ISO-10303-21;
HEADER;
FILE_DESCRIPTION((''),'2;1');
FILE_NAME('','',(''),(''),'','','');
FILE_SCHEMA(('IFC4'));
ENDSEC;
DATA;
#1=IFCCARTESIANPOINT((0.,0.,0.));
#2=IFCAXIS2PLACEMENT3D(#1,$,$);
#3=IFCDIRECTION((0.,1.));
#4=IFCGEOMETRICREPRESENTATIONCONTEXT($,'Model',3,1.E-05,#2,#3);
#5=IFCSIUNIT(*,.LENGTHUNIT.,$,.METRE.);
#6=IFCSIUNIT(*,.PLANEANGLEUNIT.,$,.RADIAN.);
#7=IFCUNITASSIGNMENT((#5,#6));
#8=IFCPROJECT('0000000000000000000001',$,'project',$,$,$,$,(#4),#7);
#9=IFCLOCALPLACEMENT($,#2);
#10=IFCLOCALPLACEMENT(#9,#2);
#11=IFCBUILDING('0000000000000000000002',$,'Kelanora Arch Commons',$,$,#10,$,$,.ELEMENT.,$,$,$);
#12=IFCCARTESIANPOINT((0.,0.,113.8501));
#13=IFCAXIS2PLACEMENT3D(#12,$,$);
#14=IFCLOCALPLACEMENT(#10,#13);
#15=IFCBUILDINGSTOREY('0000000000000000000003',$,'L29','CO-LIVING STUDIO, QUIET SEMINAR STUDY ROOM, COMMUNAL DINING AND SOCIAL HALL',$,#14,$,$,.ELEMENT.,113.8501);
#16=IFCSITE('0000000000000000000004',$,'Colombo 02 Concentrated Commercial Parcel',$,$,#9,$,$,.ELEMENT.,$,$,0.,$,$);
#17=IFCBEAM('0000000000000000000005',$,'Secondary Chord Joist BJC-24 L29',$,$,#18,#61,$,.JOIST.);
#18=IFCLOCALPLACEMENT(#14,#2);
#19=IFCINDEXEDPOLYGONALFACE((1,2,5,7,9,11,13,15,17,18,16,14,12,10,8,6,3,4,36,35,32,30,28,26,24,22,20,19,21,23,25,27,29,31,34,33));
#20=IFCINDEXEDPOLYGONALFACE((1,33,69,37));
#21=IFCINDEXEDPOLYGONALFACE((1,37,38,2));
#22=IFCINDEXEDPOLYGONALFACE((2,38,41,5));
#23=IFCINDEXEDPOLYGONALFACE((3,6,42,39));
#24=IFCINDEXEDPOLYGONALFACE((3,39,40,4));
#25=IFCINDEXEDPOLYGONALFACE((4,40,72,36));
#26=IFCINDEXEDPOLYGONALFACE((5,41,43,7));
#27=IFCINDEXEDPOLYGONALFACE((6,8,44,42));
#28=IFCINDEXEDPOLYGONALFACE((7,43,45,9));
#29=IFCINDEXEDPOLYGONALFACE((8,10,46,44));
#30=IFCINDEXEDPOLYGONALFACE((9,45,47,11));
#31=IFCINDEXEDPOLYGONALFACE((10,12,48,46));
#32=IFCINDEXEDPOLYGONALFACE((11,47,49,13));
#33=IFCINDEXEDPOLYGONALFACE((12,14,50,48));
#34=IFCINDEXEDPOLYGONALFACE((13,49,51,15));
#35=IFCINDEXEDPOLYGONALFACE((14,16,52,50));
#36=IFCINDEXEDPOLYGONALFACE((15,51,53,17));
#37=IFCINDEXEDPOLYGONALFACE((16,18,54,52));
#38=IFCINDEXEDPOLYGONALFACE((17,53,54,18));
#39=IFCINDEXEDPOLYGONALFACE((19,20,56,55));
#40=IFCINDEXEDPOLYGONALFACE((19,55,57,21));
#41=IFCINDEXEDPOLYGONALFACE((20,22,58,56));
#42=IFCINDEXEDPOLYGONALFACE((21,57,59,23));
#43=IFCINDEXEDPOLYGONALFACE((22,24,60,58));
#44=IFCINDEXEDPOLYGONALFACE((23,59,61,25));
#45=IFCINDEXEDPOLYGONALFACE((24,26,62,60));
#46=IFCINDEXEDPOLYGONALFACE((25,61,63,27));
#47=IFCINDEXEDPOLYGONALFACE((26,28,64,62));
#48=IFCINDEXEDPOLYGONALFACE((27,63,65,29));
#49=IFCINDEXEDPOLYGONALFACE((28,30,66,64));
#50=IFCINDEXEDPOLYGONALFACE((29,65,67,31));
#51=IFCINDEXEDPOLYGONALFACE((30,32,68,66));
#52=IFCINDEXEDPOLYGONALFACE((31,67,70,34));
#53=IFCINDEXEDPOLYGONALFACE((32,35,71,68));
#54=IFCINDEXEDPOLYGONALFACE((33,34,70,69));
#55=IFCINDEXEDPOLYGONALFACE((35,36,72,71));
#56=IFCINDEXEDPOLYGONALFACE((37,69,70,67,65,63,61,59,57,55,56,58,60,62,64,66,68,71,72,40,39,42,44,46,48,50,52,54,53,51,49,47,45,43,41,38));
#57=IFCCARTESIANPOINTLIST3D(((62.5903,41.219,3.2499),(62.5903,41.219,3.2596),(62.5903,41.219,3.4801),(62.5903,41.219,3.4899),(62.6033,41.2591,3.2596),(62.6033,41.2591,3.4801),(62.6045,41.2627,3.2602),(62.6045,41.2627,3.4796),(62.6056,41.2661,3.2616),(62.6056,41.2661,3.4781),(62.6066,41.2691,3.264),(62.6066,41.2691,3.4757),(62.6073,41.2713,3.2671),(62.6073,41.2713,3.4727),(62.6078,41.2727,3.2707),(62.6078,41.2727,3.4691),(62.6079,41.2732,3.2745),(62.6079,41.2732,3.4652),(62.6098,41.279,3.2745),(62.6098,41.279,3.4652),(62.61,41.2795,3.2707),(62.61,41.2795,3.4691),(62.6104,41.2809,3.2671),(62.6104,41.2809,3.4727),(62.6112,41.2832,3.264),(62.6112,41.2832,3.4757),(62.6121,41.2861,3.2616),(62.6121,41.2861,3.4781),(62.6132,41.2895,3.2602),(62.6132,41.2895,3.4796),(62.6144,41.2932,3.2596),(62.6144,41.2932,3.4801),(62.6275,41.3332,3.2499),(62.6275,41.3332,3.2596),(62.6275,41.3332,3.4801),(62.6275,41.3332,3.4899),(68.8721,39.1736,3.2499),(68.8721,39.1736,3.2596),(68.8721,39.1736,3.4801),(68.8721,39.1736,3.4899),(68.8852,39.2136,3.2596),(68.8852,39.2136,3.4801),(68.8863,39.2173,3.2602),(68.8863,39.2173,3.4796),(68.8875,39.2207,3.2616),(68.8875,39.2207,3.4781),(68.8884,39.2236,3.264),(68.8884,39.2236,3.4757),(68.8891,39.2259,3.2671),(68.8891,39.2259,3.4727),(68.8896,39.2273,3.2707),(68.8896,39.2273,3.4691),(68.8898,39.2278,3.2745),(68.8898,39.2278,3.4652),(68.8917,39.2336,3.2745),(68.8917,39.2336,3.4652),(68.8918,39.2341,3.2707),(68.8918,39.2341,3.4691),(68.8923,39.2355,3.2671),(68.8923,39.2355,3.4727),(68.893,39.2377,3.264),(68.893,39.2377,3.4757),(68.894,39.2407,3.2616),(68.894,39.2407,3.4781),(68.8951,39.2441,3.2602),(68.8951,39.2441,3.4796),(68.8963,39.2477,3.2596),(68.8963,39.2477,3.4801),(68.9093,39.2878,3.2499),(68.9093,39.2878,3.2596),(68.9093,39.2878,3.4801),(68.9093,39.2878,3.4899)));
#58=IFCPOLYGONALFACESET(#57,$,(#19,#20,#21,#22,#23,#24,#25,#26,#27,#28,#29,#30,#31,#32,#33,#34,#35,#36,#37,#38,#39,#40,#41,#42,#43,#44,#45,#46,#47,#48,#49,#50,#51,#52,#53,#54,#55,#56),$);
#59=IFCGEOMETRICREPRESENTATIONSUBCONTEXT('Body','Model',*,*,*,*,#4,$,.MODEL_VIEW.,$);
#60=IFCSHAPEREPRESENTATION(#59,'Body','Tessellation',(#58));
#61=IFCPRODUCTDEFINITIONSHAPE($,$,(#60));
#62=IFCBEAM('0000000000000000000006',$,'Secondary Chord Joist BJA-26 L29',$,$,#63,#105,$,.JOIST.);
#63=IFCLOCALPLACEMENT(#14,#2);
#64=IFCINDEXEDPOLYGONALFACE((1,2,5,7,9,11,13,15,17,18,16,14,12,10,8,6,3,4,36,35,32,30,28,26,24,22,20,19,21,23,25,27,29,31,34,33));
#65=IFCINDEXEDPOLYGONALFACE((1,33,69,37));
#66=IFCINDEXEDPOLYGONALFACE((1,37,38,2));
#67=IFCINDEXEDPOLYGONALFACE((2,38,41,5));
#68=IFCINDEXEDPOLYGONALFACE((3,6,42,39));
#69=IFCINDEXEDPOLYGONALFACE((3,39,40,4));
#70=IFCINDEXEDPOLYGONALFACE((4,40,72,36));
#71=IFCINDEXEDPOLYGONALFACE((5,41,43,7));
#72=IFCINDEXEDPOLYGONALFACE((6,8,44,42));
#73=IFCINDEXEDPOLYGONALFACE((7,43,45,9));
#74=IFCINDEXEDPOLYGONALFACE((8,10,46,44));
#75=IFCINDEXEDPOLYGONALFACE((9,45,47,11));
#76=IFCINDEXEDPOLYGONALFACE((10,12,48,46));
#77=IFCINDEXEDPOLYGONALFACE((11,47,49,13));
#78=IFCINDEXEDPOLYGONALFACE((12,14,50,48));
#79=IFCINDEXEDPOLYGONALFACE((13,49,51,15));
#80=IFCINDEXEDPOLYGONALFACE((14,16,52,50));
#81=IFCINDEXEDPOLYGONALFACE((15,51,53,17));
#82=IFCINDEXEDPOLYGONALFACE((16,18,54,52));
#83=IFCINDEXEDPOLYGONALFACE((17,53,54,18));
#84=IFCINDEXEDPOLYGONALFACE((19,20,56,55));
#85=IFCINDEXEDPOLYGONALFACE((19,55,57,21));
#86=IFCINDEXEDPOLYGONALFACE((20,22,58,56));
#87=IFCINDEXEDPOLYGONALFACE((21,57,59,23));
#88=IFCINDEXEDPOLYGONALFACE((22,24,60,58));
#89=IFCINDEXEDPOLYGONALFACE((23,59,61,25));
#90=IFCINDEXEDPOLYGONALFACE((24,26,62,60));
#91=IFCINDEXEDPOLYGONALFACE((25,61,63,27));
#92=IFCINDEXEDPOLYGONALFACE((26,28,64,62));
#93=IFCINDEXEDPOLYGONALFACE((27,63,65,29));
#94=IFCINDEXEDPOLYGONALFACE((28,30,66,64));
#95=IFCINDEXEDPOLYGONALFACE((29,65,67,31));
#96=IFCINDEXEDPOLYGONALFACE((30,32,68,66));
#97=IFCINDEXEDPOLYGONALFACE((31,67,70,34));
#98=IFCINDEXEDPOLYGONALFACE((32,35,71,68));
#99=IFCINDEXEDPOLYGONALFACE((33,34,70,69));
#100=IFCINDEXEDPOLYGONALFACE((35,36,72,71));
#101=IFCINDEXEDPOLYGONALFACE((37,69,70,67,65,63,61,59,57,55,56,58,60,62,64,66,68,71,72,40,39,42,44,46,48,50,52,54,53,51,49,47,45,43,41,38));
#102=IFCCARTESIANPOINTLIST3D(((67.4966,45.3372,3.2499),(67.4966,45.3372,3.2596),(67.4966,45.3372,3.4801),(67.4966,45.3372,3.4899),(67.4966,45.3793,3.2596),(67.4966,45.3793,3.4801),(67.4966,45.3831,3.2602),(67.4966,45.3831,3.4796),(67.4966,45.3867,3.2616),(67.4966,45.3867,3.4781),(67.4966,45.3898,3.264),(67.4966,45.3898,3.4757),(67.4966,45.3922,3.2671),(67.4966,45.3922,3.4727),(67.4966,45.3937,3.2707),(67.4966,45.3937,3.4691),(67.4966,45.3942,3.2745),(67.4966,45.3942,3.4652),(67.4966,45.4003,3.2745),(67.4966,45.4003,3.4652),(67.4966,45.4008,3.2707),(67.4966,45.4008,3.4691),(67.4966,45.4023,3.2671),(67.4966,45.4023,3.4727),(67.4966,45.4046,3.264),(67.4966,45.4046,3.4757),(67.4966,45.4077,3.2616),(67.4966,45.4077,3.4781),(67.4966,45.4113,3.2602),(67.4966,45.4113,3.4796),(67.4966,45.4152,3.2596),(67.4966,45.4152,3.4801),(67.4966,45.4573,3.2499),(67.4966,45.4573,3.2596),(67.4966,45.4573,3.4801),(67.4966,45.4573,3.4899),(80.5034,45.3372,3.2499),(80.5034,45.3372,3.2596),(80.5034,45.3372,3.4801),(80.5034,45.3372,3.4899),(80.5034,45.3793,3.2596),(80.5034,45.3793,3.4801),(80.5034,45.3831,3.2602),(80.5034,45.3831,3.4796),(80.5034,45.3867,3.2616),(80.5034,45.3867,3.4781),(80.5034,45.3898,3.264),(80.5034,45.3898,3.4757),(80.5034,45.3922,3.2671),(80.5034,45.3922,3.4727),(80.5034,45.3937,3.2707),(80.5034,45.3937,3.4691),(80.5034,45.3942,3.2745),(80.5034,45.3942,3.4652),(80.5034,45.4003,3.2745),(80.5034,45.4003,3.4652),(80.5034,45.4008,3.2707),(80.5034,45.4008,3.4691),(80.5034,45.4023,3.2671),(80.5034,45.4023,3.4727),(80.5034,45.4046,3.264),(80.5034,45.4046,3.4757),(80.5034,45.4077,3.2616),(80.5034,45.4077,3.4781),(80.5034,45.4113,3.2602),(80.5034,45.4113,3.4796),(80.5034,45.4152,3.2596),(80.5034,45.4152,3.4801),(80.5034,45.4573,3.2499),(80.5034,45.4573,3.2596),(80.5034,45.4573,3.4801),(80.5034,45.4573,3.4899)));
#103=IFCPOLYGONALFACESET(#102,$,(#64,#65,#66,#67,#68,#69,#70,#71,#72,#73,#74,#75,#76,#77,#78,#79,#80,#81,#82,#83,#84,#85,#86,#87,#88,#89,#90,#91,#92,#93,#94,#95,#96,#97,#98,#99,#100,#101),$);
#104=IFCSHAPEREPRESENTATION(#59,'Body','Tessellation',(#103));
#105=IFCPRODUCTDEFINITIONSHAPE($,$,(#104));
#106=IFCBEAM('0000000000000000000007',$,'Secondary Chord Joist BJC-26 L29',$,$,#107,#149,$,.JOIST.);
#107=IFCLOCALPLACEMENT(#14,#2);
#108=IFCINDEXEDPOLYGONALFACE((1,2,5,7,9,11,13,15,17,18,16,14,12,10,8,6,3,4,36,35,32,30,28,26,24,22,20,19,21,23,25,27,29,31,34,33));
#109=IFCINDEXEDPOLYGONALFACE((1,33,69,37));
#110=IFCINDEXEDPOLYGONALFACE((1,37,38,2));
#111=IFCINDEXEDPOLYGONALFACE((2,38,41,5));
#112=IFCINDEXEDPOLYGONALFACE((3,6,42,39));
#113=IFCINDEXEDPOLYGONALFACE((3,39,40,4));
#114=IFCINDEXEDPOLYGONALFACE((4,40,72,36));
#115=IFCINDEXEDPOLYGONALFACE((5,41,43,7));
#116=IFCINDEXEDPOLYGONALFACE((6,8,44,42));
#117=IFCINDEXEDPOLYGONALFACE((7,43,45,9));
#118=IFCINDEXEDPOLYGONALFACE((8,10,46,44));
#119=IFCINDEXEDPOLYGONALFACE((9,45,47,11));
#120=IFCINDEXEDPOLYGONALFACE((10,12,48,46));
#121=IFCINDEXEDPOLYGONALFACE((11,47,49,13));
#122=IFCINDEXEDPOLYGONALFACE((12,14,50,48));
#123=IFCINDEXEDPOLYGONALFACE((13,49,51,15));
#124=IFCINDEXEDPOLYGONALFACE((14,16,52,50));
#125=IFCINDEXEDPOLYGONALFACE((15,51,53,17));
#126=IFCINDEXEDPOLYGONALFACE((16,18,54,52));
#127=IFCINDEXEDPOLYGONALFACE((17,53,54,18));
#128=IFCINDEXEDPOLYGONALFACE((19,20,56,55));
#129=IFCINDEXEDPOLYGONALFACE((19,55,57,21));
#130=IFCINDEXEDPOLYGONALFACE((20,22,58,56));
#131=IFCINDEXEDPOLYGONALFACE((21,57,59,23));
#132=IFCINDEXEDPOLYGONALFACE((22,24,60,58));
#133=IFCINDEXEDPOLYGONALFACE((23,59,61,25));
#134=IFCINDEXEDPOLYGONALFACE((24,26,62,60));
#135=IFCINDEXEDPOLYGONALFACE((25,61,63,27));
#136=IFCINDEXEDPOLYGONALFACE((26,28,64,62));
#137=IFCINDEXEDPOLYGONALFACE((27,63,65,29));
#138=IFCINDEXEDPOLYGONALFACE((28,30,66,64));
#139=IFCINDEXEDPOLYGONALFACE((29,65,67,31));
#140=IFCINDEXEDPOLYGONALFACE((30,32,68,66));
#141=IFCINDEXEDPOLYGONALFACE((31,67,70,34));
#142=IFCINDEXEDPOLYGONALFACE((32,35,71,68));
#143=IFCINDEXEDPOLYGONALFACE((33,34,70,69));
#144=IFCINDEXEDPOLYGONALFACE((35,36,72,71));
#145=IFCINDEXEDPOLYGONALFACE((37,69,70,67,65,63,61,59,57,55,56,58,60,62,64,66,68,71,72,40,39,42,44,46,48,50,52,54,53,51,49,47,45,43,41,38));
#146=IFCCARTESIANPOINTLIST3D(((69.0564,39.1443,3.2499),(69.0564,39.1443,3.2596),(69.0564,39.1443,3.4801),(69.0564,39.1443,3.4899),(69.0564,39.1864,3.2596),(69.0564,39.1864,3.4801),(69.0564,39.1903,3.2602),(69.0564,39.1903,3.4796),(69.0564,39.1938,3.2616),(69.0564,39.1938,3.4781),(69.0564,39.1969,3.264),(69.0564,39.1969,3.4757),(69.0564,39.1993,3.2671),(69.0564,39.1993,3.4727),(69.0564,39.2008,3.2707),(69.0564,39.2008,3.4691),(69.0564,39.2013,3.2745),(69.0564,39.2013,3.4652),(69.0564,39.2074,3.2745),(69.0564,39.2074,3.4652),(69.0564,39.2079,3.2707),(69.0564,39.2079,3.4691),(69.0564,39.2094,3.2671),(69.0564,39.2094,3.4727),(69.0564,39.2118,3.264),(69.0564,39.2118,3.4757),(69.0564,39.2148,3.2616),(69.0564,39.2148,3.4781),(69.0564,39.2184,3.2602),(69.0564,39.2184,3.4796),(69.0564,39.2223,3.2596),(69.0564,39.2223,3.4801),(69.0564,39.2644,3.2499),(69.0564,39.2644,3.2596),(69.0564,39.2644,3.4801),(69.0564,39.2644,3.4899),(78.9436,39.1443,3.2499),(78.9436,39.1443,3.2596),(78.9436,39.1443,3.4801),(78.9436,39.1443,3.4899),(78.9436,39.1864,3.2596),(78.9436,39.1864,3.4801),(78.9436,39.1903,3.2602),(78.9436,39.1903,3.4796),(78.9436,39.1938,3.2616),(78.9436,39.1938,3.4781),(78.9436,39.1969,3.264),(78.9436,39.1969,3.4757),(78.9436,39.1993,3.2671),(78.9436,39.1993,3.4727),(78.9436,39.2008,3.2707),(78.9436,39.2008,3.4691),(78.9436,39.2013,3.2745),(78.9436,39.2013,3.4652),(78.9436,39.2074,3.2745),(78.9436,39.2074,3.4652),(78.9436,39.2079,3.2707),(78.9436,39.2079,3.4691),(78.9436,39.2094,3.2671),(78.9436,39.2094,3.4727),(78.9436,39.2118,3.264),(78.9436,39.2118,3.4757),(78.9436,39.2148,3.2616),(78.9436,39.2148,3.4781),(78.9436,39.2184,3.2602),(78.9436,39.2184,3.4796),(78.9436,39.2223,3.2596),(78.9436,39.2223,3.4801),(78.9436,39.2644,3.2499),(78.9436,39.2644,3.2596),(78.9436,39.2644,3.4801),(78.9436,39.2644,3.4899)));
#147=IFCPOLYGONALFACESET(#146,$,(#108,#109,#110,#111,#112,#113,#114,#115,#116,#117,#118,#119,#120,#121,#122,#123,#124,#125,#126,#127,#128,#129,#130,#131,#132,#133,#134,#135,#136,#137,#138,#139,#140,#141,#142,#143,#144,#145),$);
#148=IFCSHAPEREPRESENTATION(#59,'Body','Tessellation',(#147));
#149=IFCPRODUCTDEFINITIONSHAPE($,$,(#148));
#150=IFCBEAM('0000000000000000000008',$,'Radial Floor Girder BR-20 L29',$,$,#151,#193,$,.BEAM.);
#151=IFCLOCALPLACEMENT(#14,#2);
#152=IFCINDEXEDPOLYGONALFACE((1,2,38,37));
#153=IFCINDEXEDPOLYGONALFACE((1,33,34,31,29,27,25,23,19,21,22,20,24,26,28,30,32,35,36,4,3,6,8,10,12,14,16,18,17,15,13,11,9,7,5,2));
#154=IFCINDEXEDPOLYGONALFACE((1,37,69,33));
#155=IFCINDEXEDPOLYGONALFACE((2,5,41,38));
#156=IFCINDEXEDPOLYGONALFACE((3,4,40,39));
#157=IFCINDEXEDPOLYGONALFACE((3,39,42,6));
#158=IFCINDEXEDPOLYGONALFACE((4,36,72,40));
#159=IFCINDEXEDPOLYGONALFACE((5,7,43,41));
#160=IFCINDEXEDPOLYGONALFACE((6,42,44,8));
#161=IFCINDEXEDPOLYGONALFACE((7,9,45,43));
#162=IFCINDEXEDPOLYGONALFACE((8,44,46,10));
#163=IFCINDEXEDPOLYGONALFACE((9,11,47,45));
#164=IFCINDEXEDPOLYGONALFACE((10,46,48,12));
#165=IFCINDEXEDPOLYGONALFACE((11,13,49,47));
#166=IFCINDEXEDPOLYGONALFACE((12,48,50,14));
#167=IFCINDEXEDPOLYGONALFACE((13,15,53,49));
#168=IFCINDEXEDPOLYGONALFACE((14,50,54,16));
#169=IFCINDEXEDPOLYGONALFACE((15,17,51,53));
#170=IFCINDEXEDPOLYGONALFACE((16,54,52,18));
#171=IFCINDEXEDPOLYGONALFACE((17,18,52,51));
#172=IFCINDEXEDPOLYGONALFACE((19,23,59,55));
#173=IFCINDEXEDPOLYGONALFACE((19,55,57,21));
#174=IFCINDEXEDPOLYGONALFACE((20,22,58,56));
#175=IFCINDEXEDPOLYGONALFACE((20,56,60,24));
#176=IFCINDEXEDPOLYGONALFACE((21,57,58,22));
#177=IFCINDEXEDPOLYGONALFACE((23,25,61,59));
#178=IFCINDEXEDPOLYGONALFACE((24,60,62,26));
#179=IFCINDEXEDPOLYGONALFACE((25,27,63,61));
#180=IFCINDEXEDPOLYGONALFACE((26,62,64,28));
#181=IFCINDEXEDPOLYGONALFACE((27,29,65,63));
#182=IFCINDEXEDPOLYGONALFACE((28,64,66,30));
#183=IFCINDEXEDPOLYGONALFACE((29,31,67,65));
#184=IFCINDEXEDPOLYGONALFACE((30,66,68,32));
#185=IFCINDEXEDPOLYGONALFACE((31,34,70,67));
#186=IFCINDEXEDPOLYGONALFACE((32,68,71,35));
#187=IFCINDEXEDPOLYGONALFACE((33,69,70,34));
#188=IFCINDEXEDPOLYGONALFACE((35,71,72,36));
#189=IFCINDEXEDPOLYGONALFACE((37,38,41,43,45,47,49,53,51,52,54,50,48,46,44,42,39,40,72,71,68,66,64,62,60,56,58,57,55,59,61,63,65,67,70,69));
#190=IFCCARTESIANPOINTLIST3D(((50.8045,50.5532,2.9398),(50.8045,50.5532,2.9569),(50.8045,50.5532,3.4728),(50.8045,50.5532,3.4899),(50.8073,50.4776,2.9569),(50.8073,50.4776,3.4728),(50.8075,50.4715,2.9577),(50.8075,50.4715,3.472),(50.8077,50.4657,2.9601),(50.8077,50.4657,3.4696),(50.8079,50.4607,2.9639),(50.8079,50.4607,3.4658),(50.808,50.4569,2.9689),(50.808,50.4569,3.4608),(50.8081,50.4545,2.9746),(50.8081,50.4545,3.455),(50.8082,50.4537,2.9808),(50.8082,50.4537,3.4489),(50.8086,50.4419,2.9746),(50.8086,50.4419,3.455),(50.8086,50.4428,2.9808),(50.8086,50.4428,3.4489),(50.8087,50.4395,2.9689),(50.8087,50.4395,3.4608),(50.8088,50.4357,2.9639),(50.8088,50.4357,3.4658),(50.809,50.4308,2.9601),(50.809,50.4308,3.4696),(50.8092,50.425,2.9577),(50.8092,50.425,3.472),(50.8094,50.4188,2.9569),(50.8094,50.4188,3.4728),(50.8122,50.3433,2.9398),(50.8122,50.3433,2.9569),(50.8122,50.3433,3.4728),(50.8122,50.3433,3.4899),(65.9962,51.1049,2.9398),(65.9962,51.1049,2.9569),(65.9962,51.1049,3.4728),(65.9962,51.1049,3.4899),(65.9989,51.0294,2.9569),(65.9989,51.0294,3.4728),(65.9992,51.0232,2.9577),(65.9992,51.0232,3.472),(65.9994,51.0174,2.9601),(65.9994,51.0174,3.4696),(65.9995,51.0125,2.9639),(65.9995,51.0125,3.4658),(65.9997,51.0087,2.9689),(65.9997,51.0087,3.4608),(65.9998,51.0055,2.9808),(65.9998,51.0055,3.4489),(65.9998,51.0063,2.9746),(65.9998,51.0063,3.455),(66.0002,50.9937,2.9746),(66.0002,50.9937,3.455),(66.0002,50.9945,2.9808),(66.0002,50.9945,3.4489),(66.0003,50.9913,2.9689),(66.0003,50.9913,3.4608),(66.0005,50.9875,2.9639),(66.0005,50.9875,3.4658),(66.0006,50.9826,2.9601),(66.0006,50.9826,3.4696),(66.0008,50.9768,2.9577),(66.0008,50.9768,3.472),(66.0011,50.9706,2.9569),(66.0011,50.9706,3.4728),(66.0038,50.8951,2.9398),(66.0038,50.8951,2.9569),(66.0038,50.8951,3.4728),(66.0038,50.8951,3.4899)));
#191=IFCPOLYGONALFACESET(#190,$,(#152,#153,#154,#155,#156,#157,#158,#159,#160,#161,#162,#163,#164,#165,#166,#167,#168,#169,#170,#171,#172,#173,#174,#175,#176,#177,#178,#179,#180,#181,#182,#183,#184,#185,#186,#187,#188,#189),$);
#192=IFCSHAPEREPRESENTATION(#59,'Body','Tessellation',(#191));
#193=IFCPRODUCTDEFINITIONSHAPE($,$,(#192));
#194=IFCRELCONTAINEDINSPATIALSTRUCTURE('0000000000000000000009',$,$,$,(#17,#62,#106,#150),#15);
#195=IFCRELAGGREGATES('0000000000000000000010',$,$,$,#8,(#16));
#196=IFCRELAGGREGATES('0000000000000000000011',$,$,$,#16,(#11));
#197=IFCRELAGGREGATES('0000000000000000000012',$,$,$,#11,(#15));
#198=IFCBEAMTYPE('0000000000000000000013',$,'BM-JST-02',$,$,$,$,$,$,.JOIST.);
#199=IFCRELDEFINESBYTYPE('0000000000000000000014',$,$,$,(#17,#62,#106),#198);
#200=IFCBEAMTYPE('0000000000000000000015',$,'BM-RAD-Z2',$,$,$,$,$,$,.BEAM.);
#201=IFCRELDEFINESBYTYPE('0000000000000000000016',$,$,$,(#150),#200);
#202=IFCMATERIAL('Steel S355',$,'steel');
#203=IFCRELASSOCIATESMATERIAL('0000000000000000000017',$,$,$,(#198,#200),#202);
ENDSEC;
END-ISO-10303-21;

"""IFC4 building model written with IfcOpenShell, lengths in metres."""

from ifc_helpers import new_model, si_unit, direction, frame, origin, origin_2d, place, context, subcontext, project, spatial, i_section, extrude, material, material_profile, profile_set, type_object, element, save


model = new_model("IFC4")

# Units and contexts
model_context = context("Model", 3, precision=1e-05, world=origin(), true_north=direction((0.0, 1.0)))
body_context = subcontext(model_context, "Body", "Model", "MODEL_VIEW")
ifc_project = project(units=[si_unit("LENGTHUNIT", "METRE"), si_unit("PLANEANGLEUNIT", "RADIAN")], contexts=[model_context])

# Site, building, storey
site_placement = place(None, origin())
site = spatial("IfcSite", under=ifc_project, at=site_placement, Name="Colombo 02 Concentrated Commercial Parcel", CompositionType="ELEMENT", RefElevation=0.0)
building_placement = place(site_placement, origin())
building = spatial("IfcBuilding", under=site, at=building_placement, Name="Kelanora Arch Commons", CompositionType="ELEMENT")
storey_placement = place(building_placement, frame((0.0, 0.0, 113.8501)))
storey = spatial("IfcBuildingStorey", under=building, at=storey_placement, Name="L29", Description="CO-LIVING STUDIO, QUIET SEMINAR STUDY ROOM, COMMUNAL DINING AND SOCIAL HALL", CompositionType="ELEMENT", Elevation=113.8501)

# Beams
ifc_material_1 = material(Name="Steel S355", Category="steel")
ifc_material_profile_1 = material_profile(ifc_material_1, i_section(OverallWidth=0.1201, OverallDepth=0.24, WebThickness=0.0061, FlangeThickness=0.0098, FilletRadius=0.0149, at=origin_2d()), Name="IPE240")
ifc_profile_set_1 = profile_set([ifc_material_profile_1], Name="Steel S355")
beam_type_1 = type_object("IfcBeamType", Name="BM-JST-02", PredefinedType="JOIST", material=ifc_profile_set_1)
beam_1_placement = place(storey_placement, frame((62.6089, 41.2761, 3.3699), z_axis=(0.950863, -0.309612, 0.0), x_axis=(0.309612, 0.950863, 0.0)))
element("IfcBeam", 1, at=beam_1_placement, inside=storey, type_object=beam_type_1, Name="Secondary Chord Joist BJC-24 L29", PredefinedType="JOIST", context=body_context, shape_type="SweptSolid", body=[
    extrude(i_section(OverallWidth=0.1201, OverallDepth=0.24, WebThickness=0.0061, FlangeThickness=0.0098, FilletRadius=0.0149, at=origin_2d()), origin(), (0.0, 0.0, 1.0), 6.6064),
])
beam_2_placement = place(storey_placement, frame((67.4966, 45.3972, 3.3699), z_axis=(1.0, 0.0, 0.0), x_axis=(0.0, 1.0, 0.0)))
element("IfcBeam", 2, at=beam_2_placement, inside=storey, type_object=beam_type_1, Name="Secondary Chord Joist BJA-26 L29", PredefinedType="JOIST", context=body_context, shape_type="SweptSolid", body=[
    extrude(i_section(OverallWidth=0.1201, OverallDepth=0.24, WebThickness=0.0061, FlangeThickness=0.0098, FilletRadius=0.0149, at=origin_2d()), origin(), (0.0, 0.0, 1.0), 13.0068),
])
beam_3_placement = place(storey_placement, frame((69.0564, 39.2043, 3.3699), z_axis=(1.0, 0.0, 0.0), x_axis=(0.0, 1.0, 0.0)))
element("IfcBeam", 3, at=beam_3_placement, inside=storey, type_object=beam_type_1, Name="Secondary Chord Joist BJC-26 L29", PredefinedType="JOIST", context=body_context, shape_type="SweptSolid", body=[
    extrude(i_section(OverallWidth=0.1201, OverallDepth=0.24, WebThickness=0.0061, FlangeThickness=0.0098, FilletRadius=0.0149, at=origin_2d()), origin(), (0.0, 0.0, 1.0), 9.8872),
])
ifc_material_profile_2 = material_profile(ifc_material_1, i_section(OverallWidth=0.21, OverallDepth=0.55, WebThickness=0.011, FlangeThickness=0.0171, FilletRadius=0.0239, at=origin_2d()), Name="IPE550")
ifc_profile_set_2 = profile_set([ifc_material_profile_2], Name="Steel S355")
beam_type_2 = type_object("IfcBeamType", Name="BM-RAD-Z2", PredefinedType="BEAM", material=ifc_profile_set_2)
beam_4_placement = place(storey_placement, frame((66.0, 51.0, 3.2148), z_axis=(-0.999341, -0.036296, 0.0), x_axis=(0.036296, -0.999341, 0.0)))
element("IfcBeam", 4, at=beam_4_placement, inside=storey, type_object=beam_type_2, Name="Radial Floor Girder BR-20 L29", PredefinedType="BEAM", context=body_context, shape_type="SweptSolid", body=[
    extrude(i_section(OverallWidth=0.21, OverallDepth=0.55, WebThickness=0.011, FlangeThickness=0.0171, FilletRadius=0.0239, at=origin_2d()), origin(), (0.0, 0.0, 1.0), 15.2017),
])

save(model, "model.ifc")
